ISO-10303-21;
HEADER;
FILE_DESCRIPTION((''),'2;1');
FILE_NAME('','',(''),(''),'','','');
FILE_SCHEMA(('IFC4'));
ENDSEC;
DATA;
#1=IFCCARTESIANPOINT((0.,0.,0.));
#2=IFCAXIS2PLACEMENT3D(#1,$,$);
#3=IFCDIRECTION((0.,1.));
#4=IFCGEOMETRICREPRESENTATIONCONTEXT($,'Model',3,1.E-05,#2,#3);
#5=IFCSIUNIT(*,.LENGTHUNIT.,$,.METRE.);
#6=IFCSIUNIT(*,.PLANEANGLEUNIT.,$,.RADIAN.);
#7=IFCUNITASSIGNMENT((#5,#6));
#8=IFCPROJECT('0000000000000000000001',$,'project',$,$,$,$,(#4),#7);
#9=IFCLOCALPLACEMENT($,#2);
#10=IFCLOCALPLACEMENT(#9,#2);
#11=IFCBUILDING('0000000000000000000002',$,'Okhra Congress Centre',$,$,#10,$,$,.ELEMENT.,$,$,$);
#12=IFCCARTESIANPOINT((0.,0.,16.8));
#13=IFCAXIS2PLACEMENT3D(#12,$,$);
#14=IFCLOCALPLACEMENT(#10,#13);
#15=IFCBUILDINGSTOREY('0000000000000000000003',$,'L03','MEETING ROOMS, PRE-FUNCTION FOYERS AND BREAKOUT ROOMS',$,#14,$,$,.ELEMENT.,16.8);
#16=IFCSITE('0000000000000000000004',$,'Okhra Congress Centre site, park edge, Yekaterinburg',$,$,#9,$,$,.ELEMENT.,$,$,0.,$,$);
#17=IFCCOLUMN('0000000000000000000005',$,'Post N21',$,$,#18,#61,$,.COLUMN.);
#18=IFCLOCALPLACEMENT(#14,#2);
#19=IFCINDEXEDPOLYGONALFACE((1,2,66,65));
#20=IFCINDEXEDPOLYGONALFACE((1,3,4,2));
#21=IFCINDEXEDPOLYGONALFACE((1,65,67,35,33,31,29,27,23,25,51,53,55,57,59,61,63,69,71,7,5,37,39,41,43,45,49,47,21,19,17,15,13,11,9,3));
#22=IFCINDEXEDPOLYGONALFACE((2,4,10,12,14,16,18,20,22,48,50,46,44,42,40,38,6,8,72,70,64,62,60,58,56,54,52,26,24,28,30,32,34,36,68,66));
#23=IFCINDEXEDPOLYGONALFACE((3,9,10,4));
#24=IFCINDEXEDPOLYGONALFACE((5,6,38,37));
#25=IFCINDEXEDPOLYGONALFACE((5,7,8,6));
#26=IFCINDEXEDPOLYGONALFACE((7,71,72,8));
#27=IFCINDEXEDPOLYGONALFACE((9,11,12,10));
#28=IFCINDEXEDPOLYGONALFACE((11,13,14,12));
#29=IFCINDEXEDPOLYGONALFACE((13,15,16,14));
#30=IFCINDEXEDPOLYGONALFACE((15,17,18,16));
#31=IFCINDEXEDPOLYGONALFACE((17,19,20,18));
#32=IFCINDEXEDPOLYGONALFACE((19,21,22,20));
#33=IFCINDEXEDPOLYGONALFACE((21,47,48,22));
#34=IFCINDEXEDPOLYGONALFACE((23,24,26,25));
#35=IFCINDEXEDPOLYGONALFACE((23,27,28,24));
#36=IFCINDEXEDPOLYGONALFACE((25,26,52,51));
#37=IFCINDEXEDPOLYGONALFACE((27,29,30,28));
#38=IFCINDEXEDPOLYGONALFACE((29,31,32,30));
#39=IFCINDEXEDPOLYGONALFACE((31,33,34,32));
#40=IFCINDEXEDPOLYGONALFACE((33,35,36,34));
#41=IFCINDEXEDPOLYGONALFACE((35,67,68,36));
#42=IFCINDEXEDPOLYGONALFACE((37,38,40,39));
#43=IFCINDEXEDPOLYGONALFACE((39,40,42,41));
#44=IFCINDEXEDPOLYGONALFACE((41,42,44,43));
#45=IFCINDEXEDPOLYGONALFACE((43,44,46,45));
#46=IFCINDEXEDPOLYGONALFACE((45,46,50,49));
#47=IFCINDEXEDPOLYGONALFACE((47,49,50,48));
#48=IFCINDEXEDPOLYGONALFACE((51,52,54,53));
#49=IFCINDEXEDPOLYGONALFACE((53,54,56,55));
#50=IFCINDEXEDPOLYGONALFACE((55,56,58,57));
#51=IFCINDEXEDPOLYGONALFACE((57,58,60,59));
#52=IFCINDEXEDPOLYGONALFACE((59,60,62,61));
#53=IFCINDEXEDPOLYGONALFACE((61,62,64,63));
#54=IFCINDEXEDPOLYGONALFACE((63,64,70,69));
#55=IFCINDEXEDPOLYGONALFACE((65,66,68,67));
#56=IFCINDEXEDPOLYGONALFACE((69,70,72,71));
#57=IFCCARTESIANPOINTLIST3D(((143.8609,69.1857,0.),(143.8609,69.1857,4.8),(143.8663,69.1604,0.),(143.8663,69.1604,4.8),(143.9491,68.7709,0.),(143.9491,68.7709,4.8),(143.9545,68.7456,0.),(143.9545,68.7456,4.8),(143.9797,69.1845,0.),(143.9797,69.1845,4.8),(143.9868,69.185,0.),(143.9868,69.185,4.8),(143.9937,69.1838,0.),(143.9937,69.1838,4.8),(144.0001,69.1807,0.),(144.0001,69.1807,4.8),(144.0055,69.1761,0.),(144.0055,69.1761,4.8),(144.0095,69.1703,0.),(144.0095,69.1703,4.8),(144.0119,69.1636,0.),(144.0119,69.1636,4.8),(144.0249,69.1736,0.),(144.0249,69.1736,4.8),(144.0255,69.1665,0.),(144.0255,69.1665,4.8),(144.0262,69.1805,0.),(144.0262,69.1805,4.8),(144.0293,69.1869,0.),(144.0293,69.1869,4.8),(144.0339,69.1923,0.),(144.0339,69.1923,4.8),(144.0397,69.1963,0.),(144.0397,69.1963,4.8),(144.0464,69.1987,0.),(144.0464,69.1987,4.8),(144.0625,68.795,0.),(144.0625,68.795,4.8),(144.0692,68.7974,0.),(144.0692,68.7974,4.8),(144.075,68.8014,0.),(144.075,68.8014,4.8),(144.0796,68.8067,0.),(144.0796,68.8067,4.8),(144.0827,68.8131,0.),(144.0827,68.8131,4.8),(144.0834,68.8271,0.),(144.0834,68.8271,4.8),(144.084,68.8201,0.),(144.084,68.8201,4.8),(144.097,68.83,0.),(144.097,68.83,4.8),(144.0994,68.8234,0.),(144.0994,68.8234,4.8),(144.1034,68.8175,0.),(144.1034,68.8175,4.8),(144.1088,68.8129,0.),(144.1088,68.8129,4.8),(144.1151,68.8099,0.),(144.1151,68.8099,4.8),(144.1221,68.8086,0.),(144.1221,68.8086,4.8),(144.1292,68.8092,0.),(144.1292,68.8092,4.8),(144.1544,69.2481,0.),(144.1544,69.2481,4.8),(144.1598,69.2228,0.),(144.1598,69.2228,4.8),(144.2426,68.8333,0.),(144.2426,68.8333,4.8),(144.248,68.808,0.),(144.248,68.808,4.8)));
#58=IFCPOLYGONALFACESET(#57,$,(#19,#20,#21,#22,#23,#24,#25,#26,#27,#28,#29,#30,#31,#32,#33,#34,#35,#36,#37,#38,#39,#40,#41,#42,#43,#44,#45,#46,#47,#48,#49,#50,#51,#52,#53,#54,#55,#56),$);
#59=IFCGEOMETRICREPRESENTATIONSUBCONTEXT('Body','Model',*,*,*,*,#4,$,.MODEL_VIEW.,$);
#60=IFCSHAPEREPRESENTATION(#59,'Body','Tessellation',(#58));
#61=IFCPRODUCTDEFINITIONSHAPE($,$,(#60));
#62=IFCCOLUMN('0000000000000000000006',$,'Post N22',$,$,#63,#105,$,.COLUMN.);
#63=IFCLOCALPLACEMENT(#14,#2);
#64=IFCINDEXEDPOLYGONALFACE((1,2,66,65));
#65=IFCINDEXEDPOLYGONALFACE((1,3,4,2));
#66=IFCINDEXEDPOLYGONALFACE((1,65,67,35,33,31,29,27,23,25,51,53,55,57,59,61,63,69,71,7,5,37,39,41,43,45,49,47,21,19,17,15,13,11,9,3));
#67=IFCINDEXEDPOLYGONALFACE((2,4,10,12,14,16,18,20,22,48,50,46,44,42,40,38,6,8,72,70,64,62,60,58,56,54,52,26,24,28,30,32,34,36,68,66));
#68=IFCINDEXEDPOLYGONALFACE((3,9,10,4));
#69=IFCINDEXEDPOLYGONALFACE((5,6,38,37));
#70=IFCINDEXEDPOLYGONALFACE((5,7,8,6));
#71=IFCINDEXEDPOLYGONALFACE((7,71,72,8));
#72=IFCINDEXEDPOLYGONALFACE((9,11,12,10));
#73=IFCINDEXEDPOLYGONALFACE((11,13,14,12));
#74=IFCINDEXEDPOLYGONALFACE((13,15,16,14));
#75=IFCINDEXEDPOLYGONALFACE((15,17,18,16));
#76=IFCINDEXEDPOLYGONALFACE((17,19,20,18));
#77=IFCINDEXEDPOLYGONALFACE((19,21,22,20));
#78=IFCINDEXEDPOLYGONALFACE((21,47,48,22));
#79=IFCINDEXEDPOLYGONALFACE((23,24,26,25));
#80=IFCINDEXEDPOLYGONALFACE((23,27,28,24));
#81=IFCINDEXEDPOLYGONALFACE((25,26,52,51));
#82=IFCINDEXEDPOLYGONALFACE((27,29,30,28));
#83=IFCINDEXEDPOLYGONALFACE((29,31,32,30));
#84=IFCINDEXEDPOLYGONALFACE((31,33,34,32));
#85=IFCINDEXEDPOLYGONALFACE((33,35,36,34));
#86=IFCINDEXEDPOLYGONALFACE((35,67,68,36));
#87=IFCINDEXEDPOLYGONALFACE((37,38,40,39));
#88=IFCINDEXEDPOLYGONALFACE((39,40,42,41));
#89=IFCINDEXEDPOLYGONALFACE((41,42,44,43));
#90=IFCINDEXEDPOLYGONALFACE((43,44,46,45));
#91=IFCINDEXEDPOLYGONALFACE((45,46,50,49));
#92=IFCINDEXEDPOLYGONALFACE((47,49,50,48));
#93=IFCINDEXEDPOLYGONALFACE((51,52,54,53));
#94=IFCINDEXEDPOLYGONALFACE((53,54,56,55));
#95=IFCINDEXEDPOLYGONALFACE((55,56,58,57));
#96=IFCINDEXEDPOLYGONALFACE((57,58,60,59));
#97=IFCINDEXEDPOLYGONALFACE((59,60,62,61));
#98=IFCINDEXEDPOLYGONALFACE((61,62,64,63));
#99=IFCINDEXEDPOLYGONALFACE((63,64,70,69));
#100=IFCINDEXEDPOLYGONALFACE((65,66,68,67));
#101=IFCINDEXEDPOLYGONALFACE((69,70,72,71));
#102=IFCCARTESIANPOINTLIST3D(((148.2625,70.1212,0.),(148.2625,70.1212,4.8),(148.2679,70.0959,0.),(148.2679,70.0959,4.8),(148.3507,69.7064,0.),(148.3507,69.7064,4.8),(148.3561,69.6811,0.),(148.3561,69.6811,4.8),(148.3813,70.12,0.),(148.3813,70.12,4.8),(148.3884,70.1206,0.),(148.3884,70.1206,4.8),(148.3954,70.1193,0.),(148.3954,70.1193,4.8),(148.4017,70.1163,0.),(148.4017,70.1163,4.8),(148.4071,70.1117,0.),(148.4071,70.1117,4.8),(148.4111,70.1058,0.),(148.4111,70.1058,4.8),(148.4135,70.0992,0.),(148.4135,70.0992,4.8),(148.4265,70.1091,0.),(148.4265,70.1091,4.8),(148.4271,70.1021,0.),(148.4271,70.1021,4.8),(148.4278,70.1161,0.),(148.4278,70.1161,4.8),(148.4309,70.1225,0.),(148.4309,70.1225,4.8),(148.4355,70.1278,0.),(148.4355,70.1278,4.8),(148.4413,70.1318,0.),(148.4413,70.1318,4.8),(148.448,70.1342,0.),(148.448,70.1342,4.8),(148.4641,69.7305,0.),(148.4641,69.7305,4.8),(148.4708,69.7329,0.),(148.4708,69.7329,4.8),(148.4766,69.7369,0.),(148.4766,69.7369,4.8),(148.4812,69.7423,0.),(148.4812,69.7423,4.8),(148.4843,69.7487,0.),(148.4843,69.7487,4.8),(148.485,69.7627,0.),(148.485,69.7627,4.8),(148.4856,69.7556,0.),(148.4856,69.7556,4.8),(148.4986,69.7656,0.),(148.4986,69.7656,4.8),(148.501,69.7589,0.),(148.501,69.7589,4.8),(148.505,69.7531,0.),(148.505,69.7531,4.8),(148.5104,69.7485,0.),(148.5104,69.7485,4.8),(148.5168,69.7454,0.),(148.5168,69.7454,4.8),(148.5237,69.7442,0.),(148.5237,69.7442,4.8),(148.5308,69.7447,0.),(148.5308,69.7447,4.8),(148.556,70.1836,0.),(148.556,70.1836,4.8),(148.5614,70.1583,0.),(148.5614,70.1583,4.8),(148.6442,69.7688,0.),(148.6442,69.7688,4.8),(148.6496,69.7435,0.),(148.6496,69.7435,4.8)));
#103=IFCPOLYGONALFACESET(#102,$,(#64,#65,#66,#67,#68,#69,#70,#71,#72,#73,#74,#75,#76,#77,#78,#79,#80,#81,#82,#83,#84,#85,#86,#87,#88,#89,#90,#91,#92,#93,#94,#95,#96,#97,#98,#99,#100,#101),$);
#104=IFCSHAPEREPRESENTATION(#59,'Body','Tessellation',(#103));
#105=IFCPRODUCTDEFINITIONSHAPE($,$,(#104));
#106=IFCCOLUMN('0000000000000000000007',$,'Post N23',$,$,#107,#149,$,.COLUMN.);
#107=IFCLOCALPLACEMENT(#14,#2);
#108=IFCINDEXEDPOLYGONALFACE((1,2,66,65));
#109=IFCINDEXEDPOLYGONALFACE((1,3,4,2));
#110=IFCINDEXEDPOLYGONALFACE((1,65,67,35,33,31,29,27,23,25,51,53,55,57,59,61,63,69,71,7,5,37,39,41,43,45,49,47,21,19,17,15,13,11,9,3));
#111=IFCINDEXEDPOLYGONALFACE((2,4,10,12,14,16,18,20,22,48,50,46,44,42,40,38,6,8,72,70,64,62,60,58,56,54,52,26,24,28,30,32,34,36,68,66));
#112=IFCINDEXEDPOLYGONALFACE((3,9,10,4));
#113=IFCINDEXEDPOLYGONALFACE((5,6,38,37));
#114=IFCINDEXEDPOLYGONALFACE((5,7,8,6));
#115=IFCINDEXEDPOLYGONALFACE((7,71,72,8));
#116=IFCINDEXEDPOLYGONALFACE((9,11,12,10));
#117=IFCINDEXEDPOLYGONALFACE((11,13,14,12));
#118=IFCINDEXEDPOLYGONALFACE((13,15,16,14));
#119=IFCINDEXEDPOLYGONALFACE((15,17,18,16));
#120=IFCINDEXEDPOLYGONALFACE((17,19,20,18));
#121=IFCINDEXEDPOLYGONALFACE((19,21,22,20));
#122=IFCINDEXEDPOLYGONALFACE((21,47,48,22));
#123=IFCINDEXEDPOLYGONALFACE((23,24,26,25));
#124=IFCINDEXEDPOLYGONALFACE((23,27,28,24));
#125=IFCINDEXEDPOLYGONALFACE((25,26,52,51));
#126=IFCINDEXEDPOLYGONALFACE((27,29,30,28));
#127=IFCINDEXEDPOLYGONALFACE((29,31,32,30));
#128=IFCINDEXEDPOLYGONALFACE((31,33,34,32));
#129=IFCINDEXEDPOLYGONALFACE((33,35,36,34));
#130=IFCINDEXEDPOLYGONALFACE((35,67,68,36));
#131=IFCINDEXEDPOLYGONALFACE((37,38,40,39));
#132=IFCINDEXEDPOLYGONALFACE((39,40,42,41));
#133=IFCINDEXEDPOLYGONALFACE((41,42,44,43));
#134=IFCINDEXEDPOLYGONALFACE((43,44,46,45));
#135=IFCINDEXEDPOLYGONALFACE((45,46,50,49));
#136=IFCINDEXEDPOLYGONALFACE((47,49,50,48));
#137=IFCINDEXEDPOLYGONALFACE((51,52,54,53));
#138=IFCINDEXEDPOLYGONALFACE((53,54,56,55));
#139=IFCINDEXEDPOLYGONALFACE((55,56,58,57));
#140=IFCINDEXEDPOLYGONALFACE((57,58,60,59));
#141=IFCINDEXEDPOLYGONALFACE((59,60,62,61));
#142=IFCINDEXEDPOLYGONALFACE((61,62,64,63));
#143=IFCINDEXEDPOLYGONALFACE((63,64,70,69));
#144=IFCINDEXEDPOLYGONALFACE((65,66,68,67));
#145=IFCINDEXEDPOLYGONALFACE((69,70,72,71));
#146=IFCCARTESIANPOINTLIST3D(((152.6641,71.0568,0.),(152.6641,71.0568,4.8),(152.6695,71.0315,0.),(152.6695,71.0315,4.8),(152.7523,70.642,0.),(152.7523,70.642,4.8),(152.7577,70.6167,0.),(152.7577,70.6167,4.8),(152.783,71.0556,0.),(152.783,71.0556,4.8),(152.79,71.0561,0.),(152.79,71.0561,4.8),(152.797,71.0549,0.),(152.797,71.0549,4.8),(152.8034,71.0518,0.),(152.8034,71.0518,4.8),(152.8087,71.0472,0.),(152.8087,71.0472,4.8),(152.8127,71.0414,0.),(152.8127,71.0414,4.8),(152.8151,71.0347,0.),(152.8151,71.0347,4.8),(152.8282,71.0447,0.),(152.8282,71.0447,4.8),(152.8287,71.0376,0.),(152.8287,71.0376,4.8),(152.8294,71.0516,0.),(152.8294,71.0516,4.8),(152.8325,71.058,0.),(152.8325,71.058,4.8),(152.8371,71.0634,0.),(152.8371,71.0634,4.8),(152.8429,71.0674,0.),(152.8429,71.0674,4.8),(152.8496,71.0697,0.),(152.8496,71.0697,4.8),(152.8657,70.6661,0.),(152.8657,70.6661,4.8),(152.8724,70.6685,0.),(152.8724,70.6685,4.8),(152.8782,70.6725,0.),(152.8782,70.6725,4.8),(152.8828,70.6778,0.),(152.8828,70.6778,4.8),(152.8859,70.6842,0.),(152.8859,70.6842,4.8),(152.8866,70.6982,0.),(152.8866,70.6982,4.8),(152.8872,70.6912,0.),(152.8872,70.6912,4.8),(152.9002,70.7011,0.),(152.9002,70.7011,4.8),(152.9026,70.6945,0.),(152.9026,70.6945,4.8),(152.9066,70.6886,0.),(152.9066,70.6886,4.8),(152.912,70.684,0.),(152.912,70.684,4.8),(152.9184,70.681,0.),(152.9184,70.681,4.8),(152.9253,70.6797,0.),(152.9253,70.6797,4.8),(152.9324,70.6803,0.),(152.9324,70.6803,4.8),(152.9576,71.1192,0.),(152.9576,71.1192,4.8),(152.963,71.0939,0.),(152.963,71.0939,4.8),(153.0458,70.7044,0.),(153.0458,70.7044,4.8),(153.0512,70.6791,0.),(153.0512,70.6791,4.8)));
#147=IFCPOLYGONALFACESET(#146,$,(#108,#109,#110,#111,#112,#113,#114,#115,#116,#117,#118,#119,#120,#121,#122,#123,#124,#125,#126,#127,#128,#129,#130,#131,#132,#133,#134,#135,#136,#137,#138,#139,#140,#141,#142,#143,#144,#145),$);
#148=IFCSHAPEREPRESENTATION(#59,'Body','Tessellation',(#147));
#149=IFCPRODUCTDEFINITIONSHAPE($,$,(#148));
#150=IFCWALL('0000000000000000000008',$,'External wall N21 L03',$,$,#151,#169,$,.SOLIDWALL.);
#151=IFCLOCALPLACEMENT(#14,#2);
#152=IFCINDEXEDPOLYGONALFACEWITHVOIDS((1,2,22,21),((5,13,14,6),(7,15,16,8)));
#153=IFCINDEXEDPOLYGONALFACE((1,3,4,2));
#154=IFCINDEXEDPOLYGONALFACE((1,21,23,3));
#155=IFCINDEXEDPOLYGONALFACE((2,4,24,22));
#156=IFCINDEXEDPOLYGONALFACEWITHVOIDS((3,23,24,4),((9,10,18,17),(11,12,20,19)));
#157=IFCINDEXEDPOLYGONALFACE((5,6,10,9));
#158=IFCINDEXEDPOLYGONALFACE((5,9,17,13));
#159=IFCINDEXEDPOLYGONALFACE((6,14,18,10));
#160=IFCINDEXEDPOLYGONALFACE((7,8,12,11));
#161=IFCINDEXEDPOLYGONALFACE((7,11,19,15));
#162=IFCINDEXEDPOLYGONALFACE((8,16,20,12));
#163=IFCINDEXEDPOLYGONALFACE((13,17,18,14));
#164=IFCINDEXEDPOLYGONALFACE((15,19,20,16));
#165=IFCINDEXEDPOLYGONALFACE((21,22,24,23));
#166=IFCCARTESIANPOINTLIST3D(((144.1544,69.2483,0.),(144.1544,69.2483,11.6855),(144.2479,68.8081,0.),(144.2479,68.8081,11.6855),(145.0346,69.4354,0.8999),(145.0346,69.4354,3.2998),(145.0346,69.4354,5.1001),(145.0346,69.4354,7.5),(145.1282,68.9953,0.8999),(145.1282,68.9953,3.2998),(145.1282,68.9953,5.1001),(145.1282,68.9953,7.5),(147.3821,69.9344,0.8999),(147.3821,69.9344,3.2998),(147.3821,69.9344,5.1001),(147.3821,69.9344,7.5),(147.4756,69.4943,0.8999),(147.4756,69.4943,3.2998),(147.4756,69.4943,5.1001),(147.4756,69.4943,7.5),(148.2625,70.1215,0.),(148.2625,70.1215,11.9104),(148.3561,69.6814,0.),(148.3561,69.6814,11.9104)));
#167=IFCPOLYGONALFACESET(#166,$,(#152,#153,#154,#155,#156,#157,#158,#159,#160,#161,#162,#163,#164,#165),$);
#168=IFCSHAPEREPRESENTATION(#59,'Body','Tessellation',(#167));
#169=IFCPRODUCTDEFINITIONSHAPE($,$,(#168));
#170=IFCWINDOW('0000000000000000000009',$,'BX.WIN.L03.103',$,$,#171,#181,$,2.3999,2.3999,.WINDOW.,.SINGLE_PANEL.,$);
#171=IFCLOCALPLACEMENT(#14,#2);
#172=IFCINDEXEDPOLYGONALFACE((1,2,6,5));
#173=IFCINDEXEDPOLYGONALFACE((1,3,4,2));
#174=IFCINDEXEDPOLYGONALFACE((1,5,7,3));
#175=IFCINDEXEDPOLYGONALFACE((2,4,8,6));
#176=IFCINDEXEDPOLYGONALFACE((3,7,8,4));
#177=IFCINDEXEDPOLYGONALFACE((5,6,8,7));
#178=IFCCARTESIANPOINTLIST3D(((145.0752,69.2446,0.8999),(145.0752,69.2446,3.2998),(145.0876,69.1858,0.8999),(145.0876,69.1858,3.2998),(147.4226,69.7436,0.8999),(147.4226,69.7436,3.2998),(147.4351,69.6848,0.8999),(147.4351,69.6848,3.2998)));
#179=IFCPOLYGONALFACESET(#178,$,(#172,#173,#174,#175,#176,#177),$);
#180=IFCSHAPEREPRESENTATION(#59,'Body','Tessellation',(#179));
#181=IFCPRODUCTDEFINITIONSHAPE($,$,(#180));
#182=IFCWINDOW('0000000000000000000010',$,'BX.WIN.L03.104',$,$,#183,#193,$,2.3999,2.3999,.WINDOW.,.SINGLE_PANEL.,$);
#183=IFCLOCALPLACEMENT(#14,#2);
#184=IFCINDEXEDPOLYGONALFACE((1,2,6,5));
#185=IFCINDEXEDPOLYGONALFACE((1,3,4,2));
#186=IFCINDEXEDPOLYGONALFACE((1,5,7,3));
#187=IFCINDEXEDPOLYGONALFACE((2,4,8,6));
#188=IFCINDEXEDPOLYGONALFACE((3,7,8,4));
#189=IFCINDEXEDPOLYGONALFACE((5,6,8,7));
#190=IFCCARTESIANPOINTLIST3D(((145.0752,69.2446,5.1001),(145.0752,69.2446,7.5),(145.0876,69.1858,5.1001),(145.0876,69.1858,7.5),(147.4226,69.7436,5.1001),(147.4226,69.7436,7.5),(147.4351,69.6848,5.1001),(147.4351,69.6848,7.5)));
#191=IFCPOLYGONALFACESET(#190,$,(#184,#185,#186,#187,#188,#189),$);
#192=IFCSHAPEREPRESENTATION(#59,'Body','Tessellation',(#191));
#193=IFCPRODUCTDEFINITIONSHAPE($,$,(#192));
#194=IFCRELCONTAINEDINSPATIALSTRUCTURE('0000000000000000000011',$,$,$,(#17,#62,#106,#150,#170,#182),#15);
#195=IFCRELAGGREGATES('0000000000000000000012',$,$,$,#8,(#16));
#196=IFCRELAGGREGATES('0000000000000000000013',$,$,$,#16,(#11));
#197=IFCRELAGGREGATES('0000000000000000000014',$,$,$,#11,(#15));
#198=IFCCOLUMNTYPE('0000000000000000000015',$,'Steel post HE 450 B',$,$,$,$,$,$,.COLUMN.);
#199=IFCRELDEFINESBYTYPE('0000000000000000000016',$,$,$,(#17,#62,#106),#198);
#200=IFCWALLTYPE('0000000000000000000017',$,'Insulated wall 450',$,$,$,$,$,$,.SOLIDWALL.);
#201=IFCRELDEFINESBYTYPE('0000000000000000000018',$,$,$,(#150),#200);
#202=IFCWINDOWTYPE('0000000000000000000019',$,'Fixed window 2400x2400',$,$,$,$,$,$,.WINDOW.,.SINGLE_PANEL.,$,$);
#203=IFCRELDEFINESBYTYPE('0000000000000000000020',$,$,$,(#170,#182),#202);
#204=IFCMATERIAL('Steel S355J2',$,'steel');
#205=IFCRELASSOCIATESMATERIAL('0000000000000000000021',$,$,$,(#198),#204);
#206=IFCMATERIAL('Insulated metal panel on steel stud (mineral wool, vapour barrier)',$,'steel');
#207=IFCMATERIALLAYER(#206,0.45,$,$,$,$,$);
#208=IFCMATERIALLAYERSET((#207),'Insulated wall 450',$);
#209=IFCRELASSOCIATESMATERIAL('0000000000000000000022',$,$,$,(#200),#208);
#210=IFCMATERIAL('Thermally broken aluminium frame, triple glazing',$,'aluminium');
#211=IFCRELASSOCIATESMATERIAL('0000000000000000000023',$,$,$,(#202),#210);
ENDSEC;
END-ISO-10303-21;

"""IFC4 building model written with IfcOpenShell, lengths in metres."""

from ifc_helpers import new_model, si_unit, direction, frame, frame_2d, origin, origin_2d, place, context, subcontext, project, spatial, polyline, rectangle, i_section, outline, extrude, material, layer, layer_set, material_profile, profile_set, type_object, element, fill, save


model = new_model("IFC4")

# Units and contexts
model_context = context("Model", 3, precision=1e-05, world=origin(), true_north=direction((0.0, 1.0)))
body_context = subcontext(model_context, "Body", "Model", "MODEL_VIEW")
ifc_project = project(units=[si_unit("LENGTHUNIT", "METRE"), si_unit("PLANEANGLEUNIT", "RADIAN")], contexts=[model_context])

# Site, building, storey
site_placement = place(None, origin())
site = spatial("IfcSite", under=ifc_project, at=site_placement, Name="Okhra Congress Centre site, park edge, Yekaterinburg", CompositionType="ELEMENT", RefElevation=0.0)
building_placement = place(site_placement, origin())
building = spatial("IfcBuilding", under=site, at=building_placement, Name="Okhra Congress Centre", CompositionType="ELEMENT")
storey_placement = place(building_placement, frame((0.0, 0.0, 16.8)))
storey = spatial("IfcBuildingStorey", under=building, at=storey_placement, Name="L03", Description="MEETING ROOMS, PRE-FUNCTION FOYERS AND BREAKOUT ROOMS", CompositionType="ELEMENT", Elevation=16.8)

# Columns
ifc_material_1 = material(Name="Steel S355J2", Category="steel")
ifc_material_profile_1 = material_profile(ifc_material_1, i_section(OverallWidth=0.3, OverallDepth=0.45, WebThickness=0.0139, FlangeThickness=0.0259, FilletRadius=0.0271, at=origin_2d()), Name="HE 450 B")
ifc_profile_set_1 = profile_set([ifc_material_profile_1], Name="Steel S355J2")
column_type = type_object("IfcColumnType", Name="Steel post HE 450 B", PredefinedType="COLUMN", material=ifc_profile_set_1)
for number, where, z_axis, x_axis, name in (
    (1, (144.0544, 68.9968, 0.0), (0.0, 0.0, 1.0), (0.978148, 0.207912, 0.0), "Post N21"),
    (2, (148.4561, 69.9324, 0.0), (0.0, 0.0, 1.0), (0.978148, 0.207912, 0.0), "Post N22"),
    (3, (152.8577, 70.8679, 0.0), (0.0, 0.0, 1.0), (0.978148, 0.207912, 0.0), "Post N23"),
):
    element("IfcColumn", number, at=place(storey_placement, frame(where, z_axis=z_axis, x_axis=x_axis)), inside=storey, type_object=column_type, Name=name, PredefinedType="COLUMN", context=body_context, shape_type="SweptSolid", body=[
        extrude(i_section(OverallWidth=0.3, OverallDepth=0.45, WebThickness=0.0139, FlangeThickness=0.0259, FilletRadius=0.0271, at=origin_2d()), origin(), (0.0, 0.0, 1.0), 4.8),
    ])

# Wall, openings, windows
ifc_material_2 = material(Name="Insulated metal panel on steel stud (mineral wool, vapour barrier)", Category="steel")
ifc_layer_1 = layer(ifc_material_2, 0.45)
ifc_layer_set_1 = layer_set([ifc_layer_1], Name="Insulated wall 450")
wall_type_1 = type_object("IfcWallType", Name="Insulated wall 450", PredefinedType="SOLIDWALL", material=ifc_layer_set_1)
wall_1_placement = place(storey_placement, frame((144.2012, 69.0281, 0.0), z_axis=(0.0, 0.0, 1.0), x_axis=(0.978144, 0.207929, 0.0)))
wall_1 = element("IfcWall", 4, at=wall_1_placement, inside=storey, type_object=wall_type_1, Name="External wall N21 L03", PredefinedType="SOLIDWALL", context=body_context, shape_type="SweptSolid", body=[
    extrude(outline(polyline([(0.0, 0.0), (4.2, 0.0), (4.2, 11.9104), (0.0, 11.6855), (0.0, 0.0)])), frame((0.0, 0.2251, 0.0), z_axis=(0.0, -1.0, 0.0), x_axis=(1.0, 0.0, 0.0)), (0.0, 0.0, 1.0), 0.45),
])
opening_1_placement = place(wall_1_placement, frame((0.8999, 0.0, 0.8999)))
opening_1 = element("IfcOpeningElement", 5, at=opening_1_placement, cuts=wall_1, PredefinedType="OPENING", context=body_context, shape_type="SweptSolid", body=[
    extrude(rectangle(XDim=2.3999, YDim=2.3999, at=frame_2d((1.2, 1.2))), frame((0.0, 0.2349, 0.0), z_axis=(0.0, -1.0, 0.0), x_axis=(1.0, 0.0, 0.0)), (0.0, 0.0, 1.0), 0.47),
])
opening_2_placement = place(wall_1_placement, frame((0.8999, 0.0, 5.1001)))
opening_2 = element("IfcOpeningElement", 6, at=opening_2_placement, cuts=wall_1, PredefinedType="OPENING", context=body_context, shape_type="SweptSolid", body=[
    extrude(rectangle(XDim=2.3999, YDim=2.3999, at=frame_2d((1.2, 1.2))), frame((0.0, 0.2349, 0.0), z_axis=(0.0, -1.0, 0.0), x_axis=(1.0, 0.0, 0.0)), (0.0, 0.0, 1.0), 0.47),
])
ifc_material_3 = material(Name="Thermally broken aluminium frame, triple glazing", Category="aluminium")
window_type = type_object("IfcWindowType", Name="Fixed window 2400x2400", PartitioningType="SINGLE_PANEL", PredefinedType="WINDOW", material=ifc_material_3)
window_1_placement = place(opening_1_placement, origin())
window_1 = element("IfcWindow", 7, at=window_1_placement, inside=storey, type_object=window_type, Name="BX.WIN.L03.103", OverallHeight=2.3999, OverallWidth=2.3999, PartitioningType="SINGLE_PANEL", PredefinedType="WINDOW", context=body_context, shape_type="SweptSolid", body=[
    extrude(rectangle(XDim=2.3999, YDim=2.3999, at=frame_2d((1.2, 1.2))), frame((0.0, 0.03, 0.0), z_axis=(0.0, -1.0, 0.0), x_axis=(1.0, 0.0, 0.0)), (0.0, 0.0, 1.0), 0.0601),
])
fill(opening_1, window_1)
window_2_placement = place(opening_2_placement, origin())
window_2 = element("IfcWindow", 8, at=window_2_placement, inside=storey, type_object=window_type, Name="BX.WIN.L03.104", OverallHeight=2.3999, OverallWidth=2.3999, PartitioningType="SINGLE_PANEL", PredefinedType="WINDOW", context=body_context, shape_type="SweptSolid", body=[
    extrude(rectangle(XDim=2.3999, YDim=2.3999, at=frame_2d((1.2, 1.2))), frame((0.0, 0.03, 0.0), z_axis=(0.0, -1.0, 0.0), x_axis=(1.0, 0.0, 0.0)), (0.0, 0.0, 1.0), 0.0601),
])
fill(opening_2, window_2)

save(model, "model.ifc")
